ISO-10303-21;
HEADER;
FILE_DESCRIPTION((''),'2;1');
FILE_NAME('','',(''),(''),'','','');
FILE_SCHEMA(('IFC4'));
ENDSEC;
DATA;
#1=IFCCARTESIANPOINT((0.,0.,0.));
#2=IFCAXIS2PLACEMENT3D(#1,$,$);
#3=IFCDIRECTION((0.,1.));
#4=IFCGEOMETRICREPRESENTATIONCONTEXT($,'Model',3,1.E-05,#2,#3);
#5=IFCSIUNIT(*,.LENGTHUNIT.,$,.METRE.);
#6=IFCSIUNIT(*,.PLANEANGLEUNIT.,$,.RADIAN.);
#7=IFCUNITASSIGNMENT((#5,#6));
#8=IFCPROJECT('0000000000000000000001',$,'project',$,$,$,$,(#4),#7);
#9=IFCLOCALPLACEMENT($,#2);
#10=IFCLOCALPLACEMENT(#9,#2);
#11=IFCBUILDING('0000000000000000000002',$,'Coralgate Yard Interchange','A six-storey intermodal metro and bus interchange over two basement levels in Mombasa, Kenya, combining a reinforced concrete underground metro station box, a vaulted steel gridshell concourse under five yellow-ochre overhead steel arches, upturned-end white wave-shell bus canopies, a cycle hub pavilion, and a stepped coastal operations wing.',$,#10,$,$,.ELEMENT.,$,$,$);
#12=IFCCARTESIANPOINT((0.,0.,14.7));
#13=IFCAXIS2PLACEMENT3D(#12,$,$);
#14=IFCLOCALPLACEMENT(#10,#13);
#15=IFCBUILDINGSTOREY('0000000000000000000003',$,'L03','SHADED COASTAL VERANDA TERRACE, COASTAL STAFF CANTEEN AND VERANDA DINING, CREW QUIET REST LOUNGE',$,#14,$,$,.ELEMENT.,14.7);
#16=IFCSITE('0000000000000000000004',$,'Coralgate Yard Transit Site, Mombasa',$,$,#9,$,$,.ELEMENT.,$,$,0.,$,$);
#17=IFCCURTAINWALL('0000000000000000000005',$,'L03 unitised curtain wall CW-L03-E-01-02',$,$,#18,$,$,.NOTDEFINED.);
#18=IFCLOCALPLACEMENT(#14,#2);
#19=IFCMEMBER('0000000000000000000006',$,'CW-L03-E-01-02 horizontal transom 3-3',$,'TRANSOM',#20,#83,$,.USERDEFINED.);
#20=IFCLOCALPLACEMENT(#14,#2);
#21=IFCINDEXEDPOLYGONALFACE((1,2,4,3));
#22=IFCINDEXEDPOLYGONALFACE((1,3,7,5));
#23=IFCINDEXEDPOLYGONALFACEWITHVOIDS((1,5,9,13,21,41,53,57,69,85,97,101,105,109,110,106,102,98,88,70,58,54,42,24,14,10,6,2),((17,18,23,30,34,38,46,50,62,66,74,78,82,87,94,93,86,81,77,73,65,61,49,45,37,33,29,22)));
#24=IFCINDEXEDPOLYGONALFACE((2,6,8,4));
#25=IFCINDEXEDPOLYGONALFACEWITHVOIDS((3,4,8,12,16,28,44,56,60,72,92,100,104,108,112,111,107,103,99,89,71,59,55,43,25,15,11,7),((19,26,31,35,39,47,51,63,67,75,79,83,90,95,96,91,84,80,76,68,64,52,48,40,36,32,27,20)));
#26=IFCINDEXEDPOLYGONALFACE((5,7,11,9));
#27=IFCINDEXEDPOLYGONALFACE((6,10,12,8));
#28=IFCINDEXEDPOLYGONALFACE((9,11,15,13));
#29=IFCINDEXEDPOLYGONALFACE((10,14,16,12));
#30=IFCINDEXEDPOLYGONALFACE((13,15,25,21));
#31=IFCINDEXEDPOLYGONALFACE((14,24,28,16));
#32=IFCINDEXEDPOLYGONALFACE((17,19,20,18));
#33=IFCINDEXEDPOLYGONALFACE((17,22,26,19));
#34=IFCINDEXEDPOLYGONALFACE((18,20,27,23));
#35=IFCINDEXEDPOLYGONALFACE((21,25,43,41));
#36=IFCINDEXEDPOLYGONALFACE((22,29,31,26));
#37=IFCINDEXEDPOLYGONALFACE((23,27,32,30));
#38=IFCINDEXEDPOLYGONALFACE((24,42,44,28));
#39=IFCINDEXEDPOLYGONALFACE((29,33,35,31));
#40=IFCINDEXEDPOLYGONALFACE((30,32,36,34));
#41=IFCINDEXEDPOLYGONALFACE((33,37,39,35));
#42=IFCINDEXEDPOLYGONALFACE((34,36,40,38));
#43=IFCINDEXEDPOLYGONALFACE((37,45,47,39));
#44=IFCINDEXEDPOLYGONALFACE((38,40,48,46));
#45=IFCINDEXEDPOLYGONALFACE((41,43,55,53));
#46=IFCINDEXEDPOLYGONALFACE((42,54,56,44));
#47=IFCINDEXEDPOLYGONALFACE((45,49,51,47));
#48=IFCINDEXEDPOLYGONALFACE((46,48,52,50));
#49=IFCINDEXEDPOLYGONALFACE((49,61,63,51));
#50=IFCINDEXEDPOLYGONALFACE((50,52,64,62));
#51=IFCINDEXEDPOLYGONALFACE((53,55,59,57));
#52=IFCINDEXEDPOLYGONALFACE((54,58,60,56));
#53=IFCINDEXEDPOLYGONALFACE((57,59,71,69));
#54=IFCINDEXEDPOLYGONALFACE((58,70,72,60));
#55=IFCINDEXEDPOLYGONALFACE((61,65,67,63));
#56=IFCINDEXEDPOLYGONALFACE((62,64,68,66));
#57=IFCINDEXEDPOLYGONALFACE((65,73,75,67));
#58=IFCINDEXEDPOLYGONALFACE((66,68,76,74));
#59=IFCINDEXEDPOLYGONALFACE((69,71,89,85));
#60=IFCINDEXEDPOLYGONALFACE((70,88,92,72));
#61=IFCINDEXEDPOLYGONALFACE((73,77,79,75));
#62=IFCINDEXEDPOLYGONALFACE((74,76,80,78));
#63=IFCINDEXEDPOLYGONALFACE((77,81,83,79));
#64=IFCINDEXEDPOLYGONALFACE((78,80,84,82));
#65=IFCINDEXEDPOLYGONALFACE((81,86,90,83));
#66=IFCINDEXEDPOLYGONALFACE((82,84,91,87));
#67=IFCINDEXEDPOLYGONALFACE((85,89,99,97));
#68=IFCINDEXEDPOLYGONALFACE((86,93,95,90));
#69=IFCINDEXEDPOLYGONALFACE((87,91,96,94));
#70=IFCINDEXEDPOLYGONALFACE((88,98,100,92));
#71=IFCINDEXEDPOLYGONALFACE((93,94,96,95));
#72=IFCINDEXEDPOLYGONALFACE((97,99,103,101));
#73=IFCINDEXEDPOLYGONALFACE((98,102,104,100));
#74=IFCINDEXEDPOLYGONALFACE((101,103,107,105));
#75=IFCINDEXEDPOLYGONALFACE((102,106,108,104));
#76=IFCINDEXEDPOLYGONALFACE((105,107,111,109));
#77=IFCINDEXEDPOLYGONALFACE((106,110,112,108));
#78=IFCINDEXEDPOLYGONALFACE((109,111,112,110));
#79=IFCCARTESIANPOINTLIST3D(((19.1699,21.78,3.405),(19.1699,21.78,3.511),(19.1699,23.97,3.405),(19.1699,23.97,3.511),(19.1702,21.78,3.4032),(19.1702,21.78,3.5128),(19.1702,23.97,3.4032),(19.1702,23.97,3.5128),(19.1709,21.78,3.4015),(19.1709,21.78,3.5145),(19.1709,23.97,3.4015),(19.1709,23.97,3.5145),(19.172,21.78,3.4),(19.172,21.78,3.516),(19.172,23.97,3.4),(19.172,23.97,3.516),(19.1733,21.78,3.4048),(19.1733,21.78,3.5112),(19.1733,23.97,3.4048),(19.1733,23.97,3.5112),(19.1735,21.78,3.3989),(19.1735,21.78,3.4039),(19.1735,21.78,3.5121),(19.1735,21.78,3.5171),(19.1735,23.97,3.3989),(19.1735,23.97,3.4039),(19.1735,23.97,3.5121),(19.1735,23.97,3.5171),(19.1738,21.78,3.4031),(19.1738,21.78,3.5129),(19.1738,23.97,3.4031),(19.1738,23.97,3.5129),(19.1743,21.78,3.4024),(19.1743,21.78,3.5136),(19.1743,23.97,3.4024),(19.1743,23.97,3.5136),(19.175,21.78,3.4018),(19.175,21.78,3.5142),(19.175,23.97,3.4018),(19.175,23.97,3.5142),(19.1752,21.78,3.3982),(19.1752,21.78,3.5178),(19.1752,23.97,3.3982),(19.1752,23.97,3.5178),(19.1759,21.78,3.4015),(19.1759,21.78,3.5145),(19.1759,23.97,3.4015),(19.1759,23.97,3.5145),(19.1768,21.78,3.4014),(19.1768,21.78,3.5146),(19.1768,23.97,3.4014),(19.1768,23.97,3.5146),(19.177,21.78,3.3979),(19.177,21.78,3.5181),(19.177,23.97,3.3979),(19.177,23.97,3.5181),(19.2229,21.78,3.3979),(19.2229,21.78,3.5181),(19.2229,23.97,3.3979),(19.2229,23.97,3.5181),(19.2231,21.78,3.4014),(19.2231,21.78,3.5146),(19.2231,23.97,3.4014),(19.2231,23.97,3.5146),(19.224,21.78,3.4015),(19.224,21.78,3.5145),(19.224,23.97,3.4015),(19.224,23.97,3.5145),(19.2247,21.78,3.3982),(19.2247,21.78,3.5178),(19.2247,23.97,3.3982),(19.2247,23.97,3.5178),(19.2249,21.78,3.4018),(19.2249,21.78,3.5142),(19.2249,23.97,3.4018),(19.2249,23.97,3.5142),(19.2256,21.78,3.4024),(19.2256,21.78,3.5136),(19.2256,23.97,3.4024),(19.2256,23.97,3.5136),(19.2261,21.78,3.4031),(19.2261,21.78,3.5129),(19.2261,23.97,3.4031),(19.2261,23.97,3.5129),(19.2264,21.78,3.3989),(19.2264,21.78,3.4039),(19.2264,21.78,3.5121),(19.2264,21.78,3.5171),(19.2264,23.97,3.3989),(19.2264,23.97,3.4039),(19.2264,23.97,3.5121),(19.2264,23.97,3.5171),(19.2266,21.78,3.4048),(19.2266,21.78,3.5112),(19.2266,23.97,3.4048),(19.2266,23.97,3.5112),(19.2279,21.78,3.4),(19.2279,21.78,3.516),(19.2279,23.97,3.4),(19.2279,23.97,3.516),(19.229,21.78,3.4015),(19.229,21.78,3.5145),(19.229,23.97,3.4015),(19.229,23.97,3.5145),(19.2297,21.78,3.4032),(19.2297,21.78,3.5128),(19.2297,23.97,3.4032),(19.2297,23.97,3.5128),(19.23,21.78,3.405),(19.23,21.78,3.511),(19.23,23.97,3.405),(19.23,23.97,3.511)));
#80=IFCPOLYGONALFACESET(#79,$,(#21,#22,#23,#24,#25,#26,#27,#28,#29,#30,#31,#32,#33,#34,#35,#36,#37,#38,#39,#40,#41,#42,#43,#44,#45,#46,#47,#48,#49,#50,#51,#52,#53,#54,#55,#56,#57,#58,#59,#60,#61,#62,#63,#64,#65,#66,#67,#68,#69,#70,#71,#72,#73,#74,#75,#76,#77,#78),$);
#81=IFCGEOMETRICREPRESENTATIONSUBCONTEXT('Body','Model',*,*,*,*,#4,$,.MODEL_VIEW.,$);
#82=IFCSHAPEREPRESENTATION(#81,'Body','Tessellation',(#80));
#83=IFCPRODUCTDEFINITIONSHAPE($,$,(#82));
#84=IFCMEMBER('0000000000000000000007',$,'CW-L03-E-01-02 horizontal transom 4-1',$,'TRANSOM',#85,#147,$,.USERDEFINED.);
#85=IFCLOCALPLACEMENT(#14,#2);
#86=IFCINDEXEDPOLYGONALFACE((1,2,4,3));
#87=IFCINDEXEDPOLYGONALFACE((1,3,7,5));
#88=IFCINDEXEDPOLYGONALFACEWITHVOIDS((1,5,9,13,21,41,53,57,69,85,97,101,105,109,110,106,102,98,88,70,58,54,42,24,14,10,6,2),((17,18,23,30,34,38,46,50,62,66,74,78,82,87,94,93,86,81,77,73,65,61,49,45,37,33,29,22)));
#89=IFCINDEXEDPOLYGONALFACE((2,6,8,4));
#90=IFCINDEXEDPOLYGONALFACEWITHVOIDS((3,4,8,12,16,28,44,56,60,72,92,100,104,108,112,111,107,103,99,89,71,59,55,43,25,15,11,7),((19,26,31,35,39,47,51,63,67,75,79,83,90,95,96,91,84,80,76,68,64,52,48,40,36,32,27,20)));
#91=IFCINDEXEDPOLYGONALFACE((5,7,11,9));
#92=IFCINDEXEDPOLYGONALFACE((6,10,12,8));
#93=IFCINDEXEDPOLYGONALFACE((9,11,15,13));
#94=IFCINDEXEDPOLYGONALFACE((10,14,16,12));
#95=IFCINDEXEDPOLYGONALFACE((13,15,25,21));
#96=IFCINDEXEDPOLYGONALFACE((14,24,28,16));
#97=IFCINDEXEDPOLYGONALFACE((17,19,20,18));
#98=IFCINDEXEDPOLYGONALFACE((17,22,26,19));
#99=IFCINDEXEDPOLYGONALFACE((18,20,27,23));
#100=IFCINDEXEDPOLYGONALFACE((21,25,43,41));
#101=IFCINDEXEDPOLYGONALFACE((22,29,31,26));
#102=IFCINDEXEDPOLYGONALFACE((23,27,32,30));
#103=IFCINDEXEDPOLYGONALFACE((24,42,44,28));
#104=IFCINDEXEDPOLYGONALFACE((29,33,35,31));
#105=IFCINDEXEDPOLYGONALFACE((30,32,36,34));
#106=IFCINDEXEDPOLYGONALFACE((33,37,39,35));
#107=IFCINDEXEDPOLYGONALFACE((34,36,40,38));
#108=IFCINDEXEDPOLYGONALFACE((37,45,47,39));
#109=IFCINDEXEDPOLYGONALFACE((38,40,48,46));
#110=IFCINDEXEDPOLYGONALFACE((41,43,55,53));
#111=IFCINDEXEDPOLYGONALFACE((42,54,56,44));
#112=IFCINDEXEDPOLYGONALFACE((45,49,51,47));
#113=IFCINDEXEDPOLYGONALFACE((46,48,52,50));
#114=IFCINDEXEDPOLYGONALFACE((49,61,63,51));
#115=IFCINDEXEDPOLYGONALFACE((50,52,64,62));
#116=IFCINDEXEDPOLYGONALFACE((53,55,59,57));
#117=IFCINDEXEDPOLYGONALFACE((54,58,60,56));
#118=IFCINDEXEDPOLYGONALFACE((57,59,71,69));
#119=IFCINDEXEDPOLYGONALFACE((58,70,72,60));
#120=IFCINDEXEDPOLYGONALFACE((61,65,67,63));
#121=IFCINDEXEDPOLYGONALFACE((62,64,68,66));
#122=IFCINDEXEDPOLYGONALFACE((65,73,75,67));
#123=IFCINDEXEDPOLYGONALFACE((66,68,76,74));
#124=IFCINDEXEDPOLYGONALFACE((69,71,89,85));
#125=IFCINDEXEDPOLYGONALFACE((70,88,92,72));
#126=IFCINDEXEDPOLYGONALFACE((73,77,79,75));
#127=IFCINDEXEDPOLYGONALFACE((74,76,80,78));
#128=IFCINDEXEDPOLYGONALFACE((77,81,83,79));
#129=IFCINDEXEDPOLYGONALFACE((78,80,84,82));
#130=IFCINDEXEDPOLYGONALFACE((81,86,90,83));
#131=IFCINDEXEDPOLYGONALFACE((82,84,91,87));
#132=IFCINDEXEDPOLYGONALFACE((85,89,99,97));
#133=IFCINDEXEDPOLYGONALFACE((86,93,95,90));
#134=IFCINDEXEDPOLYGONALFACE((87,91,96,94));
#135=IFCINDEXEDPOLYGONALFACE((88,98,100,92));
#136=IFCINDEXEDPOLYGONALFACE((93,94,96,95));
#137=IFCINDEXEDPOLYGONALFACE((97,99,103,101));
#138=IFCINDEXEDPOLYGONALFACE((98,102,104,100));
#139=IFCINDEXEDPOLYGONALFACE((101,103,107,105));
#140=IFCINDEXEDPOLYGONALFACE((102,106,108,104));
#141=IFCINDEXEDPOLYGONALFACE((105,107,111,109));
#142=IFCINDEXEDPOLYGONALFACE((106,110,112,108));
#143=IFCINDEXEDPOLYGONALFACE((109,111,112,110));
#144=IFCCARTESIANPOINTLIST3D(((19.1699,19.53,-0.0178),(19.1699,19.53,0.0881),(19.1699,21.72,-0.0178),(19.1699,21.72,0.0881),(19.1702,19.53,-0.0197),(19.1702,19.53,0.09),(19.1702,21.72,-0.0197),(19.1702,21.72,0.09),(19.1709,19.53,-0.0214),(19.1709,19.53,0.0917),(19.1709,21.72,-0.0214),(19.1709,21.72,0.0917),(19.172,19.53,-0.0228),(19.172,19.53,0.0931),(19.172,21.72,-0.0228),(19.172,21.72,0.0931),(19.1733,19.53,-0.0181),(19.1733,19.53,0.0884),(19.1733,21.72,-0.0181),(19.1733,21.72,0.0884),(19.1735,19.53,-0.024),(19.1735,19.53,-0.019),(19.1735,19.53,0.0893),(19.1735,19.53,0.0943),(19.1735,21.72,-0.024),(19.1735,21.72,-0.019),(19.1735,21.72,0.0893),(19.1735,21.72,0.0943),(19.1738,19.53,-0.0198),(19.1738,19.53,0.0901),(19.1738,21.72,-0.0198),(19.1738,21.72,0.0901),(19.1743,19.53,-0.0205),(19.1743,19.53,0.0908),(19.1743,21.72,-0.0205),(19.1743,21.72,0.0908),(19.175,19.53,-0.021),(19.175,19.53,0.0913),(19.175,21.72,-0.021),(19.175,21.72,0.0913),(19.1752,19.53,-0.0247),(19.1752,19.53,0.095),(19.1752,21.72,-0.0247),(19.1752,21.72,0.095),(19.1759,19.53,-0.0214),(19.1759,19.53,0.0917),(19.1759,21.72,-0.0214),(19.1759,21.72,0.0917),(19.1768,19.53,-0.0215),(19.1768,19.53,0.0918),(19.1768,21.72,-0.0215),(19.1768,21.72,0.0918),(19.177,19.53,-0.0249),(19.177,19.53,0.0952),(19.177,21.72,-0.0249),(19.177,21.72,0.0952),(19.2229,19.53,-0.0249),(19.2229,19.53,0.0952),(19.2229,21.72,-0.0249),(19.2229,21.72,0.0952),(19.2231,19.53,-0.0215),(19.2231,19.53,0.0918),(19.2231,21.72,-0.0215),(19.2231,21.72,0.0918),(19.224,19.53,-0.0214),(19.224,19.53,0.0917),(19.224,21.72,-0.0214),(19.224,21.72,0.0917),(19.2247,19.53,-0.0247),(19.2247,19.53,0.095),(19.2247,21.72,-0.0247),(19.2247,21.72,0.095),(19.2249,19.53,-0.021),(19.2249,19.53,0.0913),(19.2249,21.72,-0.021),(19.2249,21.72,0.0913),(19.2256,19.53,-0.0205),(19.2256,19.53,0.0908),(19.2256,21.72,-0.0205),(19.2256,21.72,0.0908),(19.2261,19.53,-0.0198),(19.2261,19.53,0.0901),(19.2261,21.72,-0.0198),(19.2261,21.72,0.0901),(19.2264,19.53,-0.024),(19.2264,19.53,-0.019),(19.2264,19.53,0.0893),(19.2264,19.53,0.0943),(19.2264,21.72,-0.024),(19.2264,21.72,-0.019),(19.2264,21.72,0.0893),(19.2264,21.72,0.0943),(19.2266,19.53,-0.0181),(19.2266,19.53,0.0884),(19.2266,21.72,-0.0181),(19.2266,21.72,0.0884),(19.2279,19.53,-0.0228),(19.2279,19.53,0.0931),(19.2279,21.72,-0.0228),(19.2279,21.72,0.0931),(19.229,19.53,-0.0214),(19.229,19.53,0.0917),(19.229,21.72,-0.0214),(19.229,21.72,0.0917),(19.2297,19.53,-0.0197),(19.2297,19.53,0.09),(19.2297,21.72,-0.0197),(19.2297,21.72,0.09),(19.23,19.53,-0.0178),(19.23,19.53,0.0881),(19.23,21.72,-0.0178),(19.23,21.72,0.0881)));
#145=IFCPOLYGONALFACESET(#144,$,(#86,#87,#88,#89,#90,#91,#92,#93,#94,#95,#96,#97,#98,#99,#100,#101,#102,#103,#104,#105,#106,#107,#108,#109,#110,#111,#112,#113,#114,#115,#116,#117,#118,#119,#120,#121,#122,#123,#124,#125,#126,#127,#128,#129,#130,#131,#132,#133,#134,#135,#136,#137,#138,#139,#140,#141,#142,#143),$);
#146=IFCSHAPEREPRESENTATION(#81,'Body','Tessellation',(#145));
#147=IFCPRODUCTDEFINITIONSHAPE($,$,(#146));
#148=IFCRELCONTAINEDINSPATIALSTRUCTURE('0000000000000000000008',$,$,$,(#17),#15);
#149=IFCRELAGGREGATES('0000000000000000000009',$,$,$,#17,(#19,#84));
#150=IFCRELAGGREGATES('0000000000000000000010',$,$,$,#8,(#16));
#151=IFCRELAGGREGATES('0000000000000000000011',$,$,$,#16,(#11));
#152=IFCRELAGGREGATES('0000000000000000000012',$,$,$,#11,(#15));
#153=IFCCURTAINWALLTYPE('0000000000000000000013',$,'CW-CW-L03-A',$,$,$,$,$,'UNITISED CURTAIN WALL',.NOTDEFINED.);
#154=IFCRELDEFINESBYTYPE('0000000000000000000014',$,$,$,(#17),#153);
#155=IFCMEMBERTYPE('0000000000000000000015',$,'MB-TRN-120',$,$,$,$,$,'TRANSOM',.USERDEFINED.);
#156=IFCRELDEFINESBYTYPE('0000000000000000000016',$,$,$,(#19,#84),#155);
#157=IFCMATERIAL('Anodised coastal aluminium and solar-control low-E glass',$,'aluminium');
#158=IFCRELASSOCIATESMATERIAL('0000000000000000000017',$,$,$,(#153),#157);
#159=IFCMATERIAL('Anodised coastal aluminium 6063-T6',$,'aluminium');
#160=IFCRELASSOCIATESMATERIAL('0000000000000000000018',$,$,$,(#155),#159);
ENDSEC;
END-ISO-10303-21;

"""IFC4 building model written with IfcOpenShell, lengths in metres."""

from ifc_helpers import new_model, si_unit, direction, frame, origin, origin_2d, place, context, subcontext, project, spatial, hollow_rectangle, extrude, material, material_profile, profile_set, type_object, element, aggregate, save


model = new_model("IFC4")

# Units and contexts
model_context = context("Model", 3, precision=1e-05, world=origin(), true_north=direction((0.0, 1.0)))
body_context = subcontext(model_context, "Body", "Model", "MODEL_VIEW")
ifc_project = project(units=[si_unit("LENGTHUNIT", "METRE"), si_unit("PLANEANGLEUNIT", "RADIAN")], contexts=[model_context])

# Site, building, storey
site_placement = place(None, origin())
site = spatial("IfcSite", under=ifc_project, at=site_placement, Name="Coralgate Yard Transit Site, Mombasa", CompositionType="ELEMENT", RefElevation=0.0)
building_placement = place(site_placement, origin())
building = spatial("IfcBuilding", under=site, at=building_placement, Name="Coralgate Yard Interchange", Description="A six-storey intermodal metro and bus interchange over two basement levels in Mombasa, Kenya, combining a reinforced concrete underground metro station box, a vaulted steel gridshell concourse under five yellow-ochre overhead steel arches, upturned-end white wave-shell bus canopies, a cycle hub pavilion, and a stepped coastal operations wing.", CompositionType="ELEMENT")
storey_placement = place(building_placement, frame((0.0, 0.0, 14.7)))
storey = spatial("IfcBuildingStorey", under=building, at=storey_placement, Name="L03", Description="SHADED COASTAL VERANDA TERRACE, COASTAL STAFF CANTEEN AND VERANDA DINING, CREW QUIET REST LOUNGE", CompositionType="ELEMENT", Elevation=14.7)

# Curtain wall, members
ifc_material_1 = material(Name="Anodised coastal aluminium and solar-control low-E glass", Category="aluminium")
curtain_wall_type = type_object("IfcCurtainWallType", Name="CW-CW-L03-A", ElementType="UNITISED CURTAIN WALL", PredefinedType="NOTDEFINED", material=ifc_material_1)
curtain_wall_placement = place(storey_placement, origin())
curtain_wall = element("IfcCurtainWall", 1, at=curtain_wall_placement, inside=storey, type_object=curtain_wall_type, Name="L03 unitised curtain wall CW-L03-E-01-02", PredefinedType="NOTDEFINED")
ifc_material_2 = material(Name="Anodised coastal aluminium 6063-T6", Category="aluminium")
ifc_material_profile_1 = material_profile(ifc_material_2, hollow_rectangle(XDim=0.0601, YDim=0.1201, WallThickness=0.0034, InnerFilletRadius=0.0034, OuterFilletRadius=0.0071, at=origin_2d()), Name="ALU 60x120x3.5")
ifc_profile_set_1 = profile_set([ifc_material_profile_1], Name="Anodised coastal aluminium 6063-T6")
member_type_1 = type_object("IfcMemberType", Name="MB-TRN-120", ElementType="TRANSOM", PredefinedType="USERDEFINED", material=ifc_profile_set_1)
member_1_placement = place(storey_placement, frame((19.2, 23.97, 3.458), z_axis=(0.0, -1.0, 0.0), x_axis=(1.0, 0.0, 0.0)))
member_1 = element("IfcMember", 2, at=member_1_placement, type_object=member_type_1, Name="CW-L03-E-01-02 horizontal transom 3-3", ObjectType="TRANSOM", PredefinedType="USERDEFINED", context=body_context, shape_type="SweptSolid", body=[
    extrude(hollow_rectangle(XDim=0.0601, YDim=0.1201, WallThickness=0.0034, InnerFilletRadius=0.0034, OuterFilletRadius=0.0071, at=origin_2d()), origin(), (0.0, 0.0, 1.0), 2.1899),
])
member_2_placement = place(storey_placement, frame((19.2, 21.72, 0.0352), z_axis=(0.0, -1.0, 0.0), x_axis=(1.0, 0.0, 0.0)))
member_2 = element("IfcMember", 3, at=member_2_placement, type_object=member_type_1, Name="CW-L03-E-01-02 horizontal transom 4-1", ObjectType="TRANSOM", PredefinedType="USERDEFINED", context=body_context, shape_type="SweptSolid", body=[
    extrude(hollow_rectangle(XDim=0.0601, YDim=0.1201, WallThickness=0.0034, InnerFilletRadius=0.0034, OuterFilletRadius=0.0071, at=origin_2d()), origin(), (0.0, 0.0, 1.0), 2.1899),
])
aggregate(curtain_wall, [member_1, member_2])

save(model, "model.ifc")
